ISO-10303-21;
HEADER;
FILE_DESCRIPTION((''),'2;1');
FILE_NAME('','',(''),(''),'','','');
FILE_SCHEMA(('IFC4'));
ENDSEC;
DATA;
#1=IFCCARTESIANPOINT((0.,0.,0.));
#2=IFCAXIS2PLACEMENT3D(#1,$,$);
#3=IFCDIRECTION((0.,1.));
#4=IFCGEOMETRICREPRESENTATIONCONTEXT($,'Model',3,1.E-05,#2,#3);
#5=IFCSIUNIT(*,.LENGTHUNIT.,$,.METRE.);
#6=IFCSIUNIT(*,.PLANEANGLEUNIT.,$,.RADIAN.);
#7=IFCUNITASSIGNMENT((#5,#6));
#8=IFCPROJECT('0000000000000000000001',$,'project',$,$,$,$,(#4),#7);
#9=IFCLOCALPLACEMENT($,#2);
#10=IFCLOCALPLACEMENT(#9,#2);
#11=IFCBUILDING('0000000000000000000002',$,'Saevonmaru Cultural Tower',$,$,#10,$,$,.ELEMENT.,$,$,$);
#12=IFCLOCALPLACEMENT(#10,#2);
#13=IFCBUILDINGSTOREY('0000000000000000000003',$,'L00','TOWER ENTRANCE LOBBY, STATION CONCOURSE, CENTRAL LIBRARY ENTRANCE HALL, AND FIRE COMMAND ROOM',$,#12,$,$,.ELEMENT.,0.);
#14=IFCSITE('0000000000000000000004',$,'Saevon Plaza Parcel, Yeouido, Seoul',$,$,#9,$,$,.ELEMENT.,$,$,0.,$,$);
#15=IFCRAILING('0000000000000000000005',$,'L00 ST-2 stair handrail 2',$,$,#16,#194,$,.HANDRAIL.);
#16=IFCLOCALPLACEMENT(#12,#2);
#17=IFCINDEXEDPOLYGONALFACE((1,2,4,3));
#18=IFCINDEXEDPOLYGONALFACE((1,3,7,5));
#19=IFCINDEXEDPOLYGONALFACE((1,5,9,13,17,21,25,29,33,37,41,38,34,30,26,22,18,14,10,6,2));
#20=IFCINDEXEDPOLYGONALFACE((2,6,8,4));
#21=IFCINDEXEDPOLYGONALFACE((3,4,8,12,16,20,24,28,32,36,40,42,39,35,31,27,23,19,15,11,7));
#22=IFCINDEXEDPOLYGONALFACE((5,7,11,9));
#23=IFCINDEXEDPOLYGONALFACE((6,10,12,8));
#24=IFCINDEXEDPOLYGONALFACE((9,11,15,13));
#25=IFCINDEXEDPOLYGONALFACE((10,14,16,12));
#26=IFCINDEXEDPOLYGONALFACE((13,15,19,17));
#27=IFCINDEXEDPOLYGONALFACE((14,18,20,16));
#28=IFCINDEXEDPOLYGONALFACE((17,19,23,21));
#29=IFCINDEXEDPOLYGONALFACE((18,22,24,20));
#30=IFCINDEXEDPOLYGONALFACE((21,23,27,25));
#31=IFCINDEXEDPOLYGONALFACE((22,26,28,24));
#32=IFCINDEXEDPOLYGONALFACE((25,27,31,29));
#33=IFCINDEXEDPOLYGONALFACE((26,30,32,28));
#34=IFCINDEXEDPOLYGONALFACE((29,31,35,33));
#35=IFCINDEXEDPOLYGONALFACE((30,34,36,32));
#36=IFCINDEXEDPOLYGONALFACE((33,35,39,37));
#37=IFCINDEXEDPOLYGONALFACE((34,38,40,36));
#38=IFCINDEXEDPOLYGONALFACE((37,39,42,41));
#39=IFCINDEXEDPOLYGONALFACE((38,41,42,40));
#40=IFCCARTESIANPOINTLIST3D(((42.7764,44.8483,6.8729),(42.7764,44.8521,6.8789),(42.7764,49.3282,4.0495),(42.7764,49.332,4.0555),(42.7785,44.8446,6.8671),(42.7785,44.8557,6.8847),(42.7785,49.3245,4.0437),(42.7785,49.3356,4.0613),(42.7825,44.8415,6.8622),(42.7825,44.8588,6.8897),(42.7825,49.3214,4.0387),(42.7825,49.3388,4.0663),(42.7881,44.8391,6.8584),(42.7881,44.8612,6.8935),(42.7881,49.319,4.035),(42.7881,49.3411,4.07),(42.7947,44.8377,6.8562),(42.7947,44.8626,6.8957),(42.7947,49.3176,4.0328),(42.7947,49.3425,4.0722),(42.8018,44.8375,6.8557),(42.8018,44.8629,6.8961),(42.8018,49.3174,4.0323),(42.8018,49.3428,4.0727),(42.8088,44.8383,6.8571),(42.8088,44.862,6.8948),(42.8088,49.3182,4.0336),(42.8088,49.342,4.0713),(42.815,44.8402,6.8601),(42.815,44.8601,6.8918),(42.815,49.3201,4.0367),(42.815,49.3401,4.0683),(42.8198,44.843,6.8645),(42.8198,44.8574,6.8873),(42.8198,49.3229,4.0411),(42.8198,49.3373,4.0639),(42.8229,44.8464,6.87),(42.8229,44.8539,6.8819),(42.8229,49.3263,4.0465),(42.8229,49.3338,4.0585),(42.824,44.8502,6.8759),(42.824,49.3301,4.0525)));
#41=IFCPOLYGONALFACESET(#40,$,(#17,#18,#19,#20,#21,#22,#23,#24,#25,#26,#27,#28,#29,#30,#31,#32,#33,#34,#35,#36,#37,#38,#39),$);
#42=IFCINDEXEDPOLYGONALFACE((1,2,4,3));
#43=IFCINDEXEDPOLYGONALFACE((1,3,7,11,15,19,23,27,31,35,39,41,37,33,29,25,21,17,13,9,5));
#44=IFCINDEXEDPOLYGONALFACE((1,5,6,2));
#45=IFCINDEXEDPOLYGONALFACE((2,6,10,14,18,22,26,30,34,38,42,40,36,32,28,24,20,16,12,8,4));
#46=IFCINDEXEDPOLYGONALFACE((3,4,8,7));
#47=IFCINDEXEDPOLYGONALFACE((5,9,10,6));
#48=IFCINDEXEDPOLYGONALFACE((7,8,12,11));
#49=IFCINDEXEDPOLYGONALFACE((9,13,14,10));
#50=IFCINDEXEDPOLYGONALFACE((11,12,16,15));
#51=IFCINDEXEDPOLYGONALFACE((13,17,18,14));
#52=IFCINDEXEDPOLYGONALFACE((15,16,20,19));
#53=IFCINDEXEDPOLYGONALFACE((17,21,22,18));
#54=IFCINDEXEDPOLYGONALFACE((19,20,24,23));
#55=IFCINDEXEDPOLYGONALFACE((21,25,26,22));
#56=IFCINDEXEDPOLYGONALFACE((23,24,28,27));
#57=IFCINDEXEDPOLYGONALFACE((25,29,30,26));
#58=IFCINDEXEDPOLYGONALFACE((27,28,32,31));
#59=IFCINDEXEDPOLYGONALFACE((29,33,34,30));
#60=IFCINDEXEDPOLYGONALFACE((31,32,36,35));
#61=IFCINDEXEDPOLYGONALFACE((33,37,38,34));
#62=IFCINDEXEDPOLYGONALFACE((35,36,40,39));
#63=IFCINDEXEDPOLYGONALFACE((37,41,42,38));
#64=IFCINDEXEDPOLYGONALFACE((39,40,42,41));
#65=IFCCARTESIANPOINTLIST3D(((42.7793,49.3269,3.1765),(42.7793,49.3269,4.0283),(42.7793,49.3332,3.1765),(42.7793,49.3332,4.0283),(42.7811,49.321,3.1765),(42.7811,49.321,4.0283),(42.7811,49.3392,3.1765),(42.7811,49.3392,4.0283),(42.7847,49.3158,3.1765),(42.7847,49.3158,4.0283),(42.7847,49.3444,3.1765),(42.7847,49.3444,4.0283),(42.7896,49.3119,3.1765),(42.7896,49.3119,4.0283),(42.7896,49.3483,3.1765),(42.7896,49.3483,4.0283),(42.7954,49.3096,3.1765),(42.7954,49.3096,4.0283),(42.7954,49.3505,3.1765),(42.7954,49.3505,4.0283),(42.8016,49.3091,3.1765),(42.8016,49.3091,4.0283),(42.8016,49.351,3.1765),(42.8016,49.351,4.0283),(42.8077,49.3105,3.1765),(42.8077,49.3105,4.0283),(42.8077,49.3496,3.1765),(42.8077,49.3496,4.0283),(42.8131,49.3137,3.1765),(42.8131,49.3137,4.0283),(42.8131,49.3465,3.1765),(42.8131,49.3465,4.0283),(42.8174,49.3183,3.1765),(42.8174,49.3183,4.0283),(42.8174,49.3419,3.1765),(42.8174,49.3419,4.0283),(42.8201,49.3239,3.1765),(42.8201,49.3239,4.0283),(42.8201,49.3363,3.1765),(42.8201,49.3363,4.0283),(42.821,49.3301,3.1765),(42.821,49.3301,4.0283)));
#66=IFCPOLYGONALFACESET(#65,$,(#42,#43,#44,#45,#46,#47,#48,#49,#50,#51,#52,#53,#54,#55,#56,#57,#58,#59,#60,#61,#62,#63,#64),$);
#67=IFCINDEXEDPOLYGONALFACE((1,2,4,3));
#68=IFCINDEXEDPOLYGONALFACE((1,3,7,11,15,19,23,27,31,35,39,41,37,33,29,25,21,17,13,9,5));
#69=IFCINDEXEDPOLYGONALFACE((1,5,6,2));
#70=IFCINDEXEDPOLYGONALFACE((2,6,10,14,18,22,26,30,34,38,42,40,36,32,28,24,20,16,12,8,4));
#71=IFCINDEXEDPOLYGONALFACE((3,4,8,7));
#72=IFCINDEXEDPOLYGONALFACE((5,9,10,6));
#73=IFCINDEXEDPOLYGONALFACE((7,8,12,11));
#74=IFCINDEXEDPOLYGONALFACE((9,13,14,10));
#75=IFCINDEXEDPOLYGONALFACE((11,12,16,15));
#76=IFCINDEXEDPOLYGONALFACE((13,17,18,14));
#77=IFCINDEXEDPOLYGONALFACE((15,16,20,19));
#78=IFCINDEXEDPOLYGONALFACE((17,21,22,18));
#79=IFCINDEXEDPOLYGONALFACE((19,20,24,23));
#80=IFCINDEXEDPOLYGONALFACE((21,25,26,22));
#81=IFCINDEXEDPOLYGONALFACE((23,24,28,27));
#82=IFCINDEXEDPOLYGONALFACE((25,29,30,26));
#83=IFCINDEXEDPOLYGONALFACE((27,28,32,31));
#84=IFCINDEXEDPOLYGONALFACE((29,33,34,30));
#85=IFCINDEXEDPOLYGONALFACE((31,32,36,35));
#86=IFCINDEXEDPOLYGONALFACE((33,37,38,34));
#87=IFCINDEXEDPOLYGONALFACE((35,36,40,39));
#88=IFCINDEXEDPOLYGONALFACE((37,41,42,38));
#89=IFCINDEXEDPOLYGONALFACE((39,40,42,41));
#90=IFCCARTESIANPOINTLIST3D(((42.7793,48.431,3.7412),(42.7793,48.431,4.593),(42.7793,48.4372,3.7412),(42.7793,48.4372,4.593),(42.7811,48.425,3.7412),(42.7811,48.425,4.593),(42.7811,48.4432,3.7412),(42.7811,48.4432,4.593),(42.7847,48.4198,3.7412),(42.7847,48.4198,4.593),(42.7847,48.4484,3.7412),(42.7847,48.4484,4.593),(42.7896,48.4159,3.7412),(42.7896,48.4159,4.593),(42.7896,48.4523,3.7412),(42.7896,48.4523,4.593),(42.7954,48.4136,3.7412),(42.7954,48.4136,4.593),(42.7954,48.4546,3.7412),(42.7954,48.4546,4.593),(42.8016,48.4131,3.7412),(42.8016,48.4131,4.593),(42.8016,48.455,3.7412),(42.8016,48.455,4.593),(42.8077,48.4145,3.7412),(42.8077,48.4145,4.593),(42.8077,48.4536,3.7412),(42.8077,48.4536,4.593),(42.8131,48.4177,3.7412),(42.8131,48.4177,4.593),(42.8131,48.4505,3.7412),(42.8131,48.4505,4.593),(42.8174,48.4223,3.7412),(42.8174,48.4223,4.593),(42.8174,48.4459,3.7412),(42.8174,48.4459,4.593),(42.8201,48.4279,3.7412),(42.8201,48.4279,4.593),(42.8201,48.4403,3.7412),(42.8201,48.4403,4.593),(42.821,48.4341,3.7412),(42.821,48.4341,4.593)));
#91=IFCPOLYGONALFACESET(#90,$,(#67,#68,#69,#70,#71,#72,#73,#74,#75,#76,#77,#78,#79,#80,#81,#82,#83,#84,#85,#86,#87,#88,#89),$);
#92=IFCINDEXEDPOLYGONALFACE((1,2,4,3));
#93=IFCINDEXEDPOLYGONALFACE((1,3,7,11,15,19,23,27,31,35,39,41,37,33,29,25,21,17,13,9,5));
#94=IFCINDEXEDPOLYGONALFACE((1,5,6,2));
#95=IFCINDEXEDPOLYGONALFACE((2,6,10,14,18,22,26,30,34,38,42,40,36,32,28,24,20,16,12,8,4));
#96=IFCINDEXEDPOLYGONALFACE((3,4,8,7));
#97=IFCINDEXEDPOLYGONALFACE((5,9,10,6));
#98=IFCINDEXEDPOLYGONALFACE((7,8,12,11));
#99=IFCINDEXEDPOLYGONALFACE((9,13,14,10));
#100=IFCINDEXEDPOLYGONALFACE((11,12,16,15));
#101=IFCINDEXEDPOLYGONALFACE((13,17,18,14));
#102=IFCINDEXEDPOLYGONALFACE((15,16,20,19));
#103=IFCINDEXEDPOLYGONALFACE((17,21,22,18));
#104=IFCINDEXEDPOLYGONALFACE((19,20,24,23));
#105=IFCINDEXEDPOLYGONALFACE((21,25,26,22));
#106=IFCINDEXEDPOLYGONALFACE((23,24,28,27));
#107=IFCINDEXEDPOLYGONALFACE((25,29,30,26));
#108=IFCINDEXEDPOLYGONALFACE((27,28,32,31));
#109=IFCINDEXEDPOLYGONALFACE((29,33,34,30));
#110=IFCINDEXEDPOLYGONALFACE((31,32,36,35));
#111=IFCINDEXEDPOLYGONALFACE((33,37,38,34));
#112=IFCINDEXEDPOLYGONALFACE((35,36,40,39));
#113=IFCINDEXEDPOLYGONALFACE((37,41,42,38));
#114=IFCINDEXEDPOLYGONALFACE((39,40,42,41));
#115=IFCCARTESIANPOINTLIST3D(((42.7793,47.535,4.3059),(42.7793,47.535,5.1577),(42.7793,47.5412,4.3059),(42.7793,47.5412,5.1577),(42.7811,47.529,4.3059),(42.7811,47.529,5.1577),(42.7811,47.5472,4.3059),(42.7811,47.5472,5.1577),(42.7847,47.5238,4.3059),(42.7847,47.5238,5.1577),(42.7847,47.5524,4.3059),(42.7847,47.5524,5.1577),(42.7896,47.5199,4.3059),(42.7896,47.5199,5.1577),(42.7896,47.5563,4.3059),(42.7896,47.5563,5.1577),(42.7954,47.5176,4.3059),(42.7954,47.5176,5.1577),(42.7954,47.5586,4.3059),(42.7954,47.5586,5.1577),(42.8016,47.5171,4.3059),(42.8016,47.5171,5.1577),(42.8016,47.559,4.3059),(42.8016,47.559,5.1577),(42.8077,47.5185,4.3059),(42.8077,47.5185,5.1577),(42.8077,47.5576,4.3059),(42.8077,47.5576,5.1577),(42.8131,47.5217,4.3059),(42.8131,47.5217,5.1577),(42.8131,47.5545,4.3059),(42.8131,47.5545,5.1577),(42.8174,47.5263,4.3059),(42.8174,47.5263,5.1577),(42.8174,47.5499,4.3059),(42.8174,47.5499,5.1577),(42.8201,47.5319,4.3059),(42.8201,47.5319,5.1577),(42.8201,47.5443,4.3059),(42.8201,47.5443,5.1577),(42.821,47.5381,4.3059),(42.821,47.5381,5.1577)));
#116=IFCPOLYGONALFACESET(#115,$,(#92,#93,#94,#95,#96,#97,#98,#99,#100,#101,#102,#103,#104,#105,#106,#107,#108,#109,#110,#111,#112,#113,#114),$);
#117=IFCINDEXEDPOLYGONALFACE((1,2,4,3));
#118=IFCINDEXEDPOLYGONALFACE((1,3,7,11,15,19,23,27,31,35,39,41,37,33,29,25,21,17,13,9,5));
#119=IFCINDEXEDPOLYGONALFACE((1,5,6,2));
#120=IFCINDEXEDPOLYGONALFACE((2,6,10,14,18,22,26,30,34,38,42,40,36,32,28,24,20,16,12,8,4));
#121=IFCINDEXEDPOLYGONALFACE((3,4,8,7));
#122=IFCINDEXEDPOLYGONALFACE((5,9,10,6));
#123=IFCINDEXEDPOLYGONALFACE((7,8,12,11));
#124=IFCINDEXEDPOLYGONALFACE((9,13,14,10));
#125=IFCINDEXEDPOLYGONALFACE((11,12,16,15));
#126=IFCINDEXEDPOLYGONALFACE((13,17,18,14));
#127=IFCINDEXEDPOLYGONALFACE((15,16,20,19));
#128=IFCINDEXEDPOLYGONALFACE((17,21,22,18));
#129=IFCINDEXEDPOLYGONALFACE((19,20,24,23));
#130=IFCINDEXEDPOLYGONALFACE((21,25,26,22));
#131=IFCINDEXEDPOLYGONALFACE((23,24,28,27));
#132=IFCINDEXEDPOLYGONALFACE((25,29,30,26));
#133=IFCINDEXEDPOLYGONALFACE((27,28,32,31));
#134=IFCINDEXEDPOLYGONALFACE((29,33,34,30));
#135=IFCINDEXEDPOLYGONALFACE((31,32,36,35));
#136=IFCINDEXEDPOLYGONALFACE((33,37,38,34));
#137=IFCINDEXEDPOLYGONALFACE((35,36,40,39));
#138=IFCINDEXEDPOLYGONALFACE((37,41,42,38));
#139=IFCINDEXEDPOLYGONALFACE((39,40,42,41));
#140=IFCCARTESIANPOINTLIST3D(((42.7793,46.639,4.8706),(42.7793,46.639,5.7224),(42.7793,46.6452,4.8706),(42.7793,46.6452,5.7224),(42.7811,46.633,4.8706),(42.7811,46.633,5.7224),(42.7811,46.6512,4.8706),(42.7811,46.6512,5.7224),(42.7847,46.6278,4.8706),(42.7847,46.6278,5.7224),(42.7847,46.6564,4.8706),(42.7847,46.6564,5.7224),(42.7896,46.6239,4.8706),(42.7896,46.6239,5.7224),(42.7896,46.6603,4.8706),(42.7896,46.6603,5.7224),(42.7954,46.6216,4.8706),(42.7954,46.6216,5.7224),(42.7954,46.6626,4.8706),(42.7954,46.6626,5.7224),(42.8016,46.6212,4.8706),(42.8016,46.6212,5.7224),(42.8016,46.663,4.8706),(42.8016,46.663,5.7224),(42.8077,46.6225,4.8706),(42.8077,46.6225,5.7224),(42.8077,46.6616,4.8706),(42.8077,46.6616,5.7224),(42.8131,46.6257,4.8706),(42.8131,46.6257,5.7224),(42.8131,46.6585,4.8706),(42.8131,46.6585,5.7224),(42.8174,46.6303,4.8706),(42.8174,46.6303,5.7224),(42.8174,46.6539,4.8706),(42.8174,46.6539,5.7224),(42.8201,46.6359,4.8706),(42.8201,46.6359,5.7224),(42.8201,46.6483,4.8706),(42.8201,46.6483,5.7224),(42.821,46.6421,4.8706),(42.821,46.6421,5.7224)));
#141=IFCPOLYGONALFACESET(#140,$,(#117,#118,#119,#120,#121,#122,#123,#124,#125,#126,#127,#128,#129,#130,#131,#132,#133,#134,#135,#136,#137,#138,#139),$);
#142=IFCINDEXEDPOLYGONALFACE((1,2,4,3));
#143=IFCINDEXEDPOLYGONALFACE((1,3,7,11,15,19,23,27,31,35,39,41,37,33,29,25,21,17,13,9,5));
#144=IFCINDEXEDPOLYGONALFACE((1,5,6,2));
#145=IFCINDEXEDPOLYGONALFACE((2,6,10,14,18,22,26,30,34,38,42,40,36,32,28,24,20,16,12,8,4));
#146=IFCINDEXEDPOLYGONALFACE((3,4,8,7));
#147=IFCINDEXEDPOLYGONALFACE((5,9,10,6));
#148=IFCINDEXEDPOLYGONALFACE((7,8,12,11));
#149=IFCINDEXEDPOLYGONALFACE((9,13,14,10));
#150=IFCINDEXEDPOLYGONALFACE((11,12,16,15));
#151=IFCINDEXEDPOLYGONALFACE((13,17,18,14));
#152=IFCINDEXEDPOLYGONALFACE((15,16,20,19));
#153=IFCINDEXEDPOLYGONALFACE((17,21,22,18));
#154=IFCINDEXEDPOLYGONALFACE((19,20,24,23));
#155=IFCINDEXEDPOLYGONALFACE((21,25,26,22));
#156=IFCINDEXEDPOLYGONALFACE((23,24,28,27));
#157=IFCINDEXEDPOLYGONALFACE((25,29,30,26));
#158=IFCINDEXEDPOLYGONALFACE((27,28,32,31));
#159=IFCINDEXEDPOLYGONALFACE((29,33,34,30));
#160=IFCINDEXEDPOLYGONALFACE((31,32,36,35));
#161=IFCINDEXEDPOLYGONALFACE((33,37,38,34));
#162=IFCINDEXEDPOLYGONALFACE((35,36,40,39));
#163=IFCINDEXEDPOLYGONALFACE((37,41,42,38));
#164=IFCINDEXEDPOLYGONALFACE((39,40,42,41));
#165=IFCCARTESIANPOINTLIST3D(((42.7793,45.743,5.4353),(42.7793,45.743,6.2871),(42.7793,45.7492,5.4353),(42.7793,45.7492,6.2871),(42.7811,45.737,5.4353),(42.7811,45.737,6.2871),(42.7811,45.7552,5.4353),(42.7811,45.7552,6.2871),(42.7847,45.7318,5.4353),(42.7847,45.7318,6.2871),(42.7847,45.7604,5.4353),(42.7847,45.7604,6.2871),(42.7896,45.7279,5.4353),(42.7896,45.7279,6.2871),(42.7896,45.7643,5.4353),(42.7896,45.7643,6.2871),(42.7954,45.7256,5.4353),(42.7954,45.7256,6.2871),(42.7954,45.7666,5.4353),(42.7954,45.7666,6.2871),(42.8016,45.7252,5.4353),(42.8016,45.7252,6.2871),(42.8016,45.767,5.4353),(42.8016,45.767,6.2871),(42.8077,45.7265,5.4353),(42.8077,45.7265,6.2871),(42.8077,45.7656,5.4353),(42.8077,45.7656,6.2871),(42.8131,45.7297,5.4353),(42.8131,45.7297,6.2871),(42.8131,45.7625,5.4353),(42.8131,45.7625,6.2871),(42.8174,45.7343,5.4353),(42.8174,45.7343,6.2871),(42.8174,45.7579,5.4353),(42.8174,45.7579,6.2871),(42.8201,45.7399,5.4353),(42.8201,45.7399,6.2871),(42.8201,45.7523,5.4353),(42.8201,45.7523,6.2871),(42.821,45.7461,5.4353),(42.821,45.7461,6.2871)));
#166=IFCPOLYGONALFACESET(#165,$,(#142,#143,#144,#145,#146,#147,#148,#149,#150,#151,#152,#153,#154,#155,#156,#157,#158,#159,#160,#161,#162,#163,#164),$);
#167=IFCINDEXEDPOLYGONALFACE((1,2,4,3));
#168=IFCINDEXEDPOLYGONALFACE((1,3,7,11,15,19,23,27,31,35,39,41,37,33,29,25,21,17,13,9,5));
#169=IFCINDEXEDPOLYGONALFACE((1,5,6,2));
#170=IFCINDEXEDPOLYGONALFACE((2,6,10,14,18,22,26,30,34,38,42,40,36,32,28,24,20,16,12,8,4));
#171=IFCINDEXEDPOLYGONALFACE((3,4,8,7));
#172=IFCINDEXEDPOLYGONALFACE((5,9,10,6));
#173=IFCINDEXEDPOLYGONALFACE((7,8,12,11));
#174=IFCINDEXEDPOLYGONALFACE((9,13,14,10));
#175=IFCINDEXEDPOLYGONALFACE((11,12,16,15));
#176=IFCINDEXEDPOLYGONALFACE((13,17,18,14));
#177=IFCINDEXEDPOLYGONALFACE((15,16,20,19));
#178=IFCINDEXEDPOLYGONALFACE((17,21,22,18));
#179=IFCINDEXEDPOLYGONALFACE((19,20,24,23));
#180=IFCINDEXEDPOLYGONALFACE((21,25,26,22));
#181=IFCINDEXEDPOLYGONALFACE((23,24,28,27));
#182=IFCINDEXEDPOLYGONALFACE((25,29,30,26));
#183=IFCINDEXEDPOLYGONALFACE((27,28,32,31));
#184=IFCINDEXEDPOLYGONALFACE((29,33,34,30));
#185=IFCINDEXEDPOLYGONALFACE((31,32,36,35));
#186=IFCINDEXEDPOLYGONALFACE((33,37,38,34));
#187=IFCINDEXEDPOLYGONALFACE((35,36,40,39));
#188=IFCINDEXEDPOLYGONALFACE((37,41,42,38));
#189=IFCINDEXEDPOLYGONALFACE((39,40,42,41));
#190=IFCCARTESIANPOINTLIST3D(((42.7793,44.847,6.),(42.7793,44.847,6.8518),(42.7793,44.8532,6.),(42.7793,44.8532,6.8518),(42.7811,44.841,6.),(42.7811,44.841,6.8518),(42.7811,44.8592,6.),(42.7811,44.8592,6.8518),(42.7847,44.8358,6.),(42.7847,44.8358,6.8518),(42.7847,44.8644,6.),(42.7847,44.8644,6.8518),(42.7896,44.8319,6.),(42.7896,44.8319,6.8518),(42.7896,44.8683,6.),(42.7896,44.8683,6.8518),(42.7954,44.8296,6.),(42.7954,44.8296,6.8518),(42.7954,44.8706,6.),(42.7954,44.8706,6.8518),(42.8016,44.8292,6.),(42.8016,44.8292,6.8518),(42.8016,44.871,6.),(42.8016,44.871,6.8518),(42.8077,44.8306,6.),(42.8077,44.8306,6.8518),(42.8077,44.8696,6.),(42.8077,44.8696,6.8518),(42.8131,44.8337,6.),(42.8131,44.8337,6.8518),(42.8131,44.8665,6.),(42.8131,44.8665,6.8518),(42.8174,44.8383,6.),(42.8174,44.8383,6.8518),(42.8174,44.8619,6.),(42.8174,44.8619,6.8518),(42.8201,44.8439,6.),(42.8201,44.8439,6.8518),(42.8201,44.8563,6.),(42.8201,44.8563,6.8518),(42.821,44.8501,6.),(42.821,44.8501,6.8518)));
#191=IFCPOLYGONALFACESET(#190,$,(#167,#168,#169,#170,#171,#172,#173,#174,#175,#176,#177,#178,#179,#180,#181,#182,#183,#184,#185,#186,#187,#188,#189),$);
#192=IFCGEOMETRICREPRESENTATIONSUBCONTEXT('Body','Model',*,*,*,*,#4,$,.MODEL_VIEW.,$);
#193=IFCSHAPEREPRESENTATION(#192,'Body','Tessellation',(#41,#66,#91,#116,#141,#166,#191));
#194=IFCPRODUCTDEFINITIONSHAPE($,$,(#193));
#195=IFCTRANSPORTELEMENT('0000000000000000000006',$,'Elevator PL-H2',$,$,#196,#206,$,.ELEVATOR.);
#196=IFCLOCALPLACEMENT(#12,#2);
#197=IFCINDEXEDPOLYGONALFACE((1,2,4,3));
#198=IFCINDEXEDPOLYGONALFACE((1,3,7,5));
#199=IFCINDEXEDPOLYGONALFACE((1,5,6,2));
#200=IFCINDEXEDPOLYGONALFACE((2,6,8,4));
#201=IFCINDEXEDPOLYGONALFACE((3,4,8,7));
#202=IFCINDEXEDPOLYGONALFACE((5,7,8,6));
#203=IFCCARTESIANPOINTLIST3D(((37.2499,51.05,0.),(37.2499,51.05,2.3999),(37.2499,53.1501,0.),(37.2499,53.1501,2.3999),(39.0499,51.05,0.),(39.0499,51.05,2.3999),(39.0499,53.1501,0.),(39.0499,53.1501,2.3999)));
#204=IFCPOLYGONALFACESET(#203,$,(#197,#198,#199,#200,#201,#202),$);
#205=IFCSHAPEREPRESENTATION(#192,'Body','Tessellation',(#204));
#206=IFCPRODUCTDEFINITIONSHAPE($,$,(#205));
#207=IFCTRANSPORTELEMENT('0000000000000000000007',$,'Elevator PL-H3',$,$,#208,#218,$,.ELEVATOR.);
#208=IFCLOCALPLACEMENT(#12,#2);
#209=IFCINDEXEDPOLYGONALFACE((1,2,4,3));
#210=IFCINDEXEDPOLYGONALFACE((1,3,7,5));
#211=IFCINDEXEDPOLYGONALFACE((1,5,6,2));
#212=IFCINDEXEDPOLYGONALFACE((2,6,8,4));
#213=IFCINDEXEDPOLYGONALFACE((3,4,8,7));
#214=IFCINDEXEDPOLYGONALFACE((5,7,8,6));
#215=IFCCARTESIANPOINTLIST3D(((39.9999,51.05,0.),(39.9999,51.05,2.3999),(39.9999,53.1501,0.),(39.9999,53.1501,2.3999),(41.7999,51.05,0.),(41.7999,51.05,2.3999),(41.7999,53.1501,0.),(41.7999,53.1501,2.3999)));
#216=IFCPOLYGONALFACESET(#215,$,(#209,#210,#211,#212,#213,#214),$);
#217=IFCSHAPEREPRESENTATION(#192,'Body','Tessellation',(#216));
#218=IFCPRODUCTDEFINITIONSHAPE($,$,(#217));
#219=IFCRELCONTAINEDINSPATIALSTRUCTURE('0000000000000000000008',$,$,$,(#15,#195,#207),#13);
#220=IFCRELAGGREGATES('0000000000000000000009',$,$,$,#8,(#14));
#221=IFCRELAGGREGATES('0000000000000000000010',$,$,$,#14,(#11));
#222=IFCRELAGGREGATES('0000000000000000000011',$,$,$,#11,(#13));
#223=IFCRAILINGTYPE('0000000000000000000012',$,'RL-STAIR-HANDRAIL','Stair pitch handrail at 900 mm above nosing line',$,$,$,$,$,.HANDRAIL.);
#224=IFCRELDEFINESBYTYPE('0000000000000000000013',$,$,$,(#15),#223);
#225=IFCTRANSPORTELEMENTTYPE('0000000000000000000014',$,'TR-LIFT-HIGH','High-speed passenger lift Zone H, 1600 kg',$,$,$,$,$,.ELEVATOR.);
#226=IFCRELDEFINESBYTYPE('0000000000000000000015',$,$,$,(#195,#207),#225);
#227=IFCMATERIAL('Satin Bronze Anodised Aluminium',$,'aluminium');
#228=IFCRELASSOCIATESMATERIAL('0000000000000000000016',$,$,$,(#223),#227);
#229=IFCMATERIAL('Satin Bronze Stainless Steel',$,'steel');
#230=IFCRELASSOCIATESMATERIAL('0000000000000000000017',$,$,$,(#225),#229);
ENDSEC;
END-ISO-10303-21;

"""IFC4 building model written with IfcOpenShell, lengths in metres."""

from ifc_helpers import new_model, si_unit, direction, frame, origin, origin_2d, place, context, subcontext, project, spatial, rectangle, circle, extrude, material, type_object, element, save


model = new_model("IFC4")

# Units and contexts
model_context = context("Model", 3, precision=1e-05, world=origin(), true_north=direction((0.0, 1.0)))
body_context = subcontext(model_context, "Body", "Model", "MODEL_VIEW")
ifc_project = project(units=[si_unit("LENGTHUNIT", "METRE"), si_unit("PLANEANGLEUNIT", "RADIAN")], contexts=[model_context])

# Site, building, storey
site_placement = place(None, origin())
site = spatial("IfcSite", under=ifc_project, at=site_placement, Name="Saevon Plaza Parcel, Yeouido, Seoul", CompositionType="ELEMENT", RefElevation=0.0)
building_placement = place(site_placement, origin())
building = spatial("IfcBuilding", under=site, at=building_placement, Name="Saevonmaru Cultural Tower", CompositionType="ELEMENT")
storey_placement = place(building_placement, origin())
storey = spatial("IfcBuildingStorey", under=building, at=storey_placement, Name="L00", Description="TOWER ENTRANCE LOBBY, STATION CONCOURSE, CENTRAL LIBRARY ENTRANCE HALL, AND FIRE COMMAND ROOM", CompositionType="ELEMENT", Elevation=0.0)

# Shared definitions
ifc_material_1 = material(Name="Satin Bronze Stainless Steel", Category="steel")

# Shared definitions
ifc_material_2 = material(Name="Satin Bronze Anodised Aluminium", Category="aluminium")

# Railing
railing_type_1 = type_object("IfcRailingType", Name="RL-STAIR-HANDRAIL", Description="Stair pitch handrail at 900 mm above nosing line", PredefinedType="HANDRAIL", material=ifc_material_2)
railing_1_placement = place(storey_placement, frame((42.8, 49.3301, 3.1765)))
element("IfcRailing", 1, at=railing_1_placement, inside=storey, type_object=railing_type_1, Name="L00 ST-2 stair handrail 2", PredefinedType="HANDRAIL", context=body_context, shape_type="SweptSolid", body=[
    extrude(circle(Radius=0.0239, at=origin_2d()), frame((0.0, 0.0, 0.876), z_axis=(0.0, -0.845998, 0.533186), x_axis=(1.0, 0.0, 0.0)), (0.0, 0.0, 1.0), 5.2954),
    extrude(circle(Radius=0.021, at=origin_2d()), origin(), (0.0, 0.0, 1.0), 0.8518),
    extrude(circle(Radius=0.021, at=origin_2d()), frame((0.0, -0.896, 0.5647)), (0.0, 0.0, 1.0), 0.8518),
    extrude(circle(Radius=0.021, at=origin_2d()), frame((0.0, -1.792, 1.1294)), (0.0, 0.0, 1.0), 0.8518),
    extrude(circle(Radius=0.021, at=origin_2d()), frame((0.0, -2.688, 1.6941)), (0.0, 0.0, 1.0), 0.8518),
    extrude(circle(Radius=0.021, at=origin_2d()), frame((0.0, -3.584, 2.2588)), (0.0, 0.0, 1.0), 0.8518),
    extrude(circle(Radius=0.021, at=origin_2d()), frame((0.0, -4.48, 2.8235)), (0.0, 0.0, 1.0), 0.8518),
])

# Transport elements
transport_element_type = type_object("IfcTransportElementType", Name="TR-LIFT-HIGH", Description="High-speed passenger lift Zone H, 1600 kg", PredefinedType="ELEVATOR", material=ifc_material_1)
for number, where, z_axis, x_axis, name in (
    (2, (38.1499, 52.1001, 0.0), (0.0, 0.0, 1.0), (1.0, 0.0, 0.0), "Elevator PL-H2"),
    (3, (40.8999, 52.1001, 0.0), (0.0, 0.0, 1.0), (1.0, 0.0, 0.0), "Elevator PL-H3"),
):
    element("IfcTransportElement", number, at=place(storey_placement, frame(where, z_axis=z_axis, x_axis=x_axis)), inside=storey, type_object=transport_element_type, Name=name, PredefinedType="ELEVATOR", context=body_context, shape_type="SweptSolid", body=[
        extrude(rectangle(XDim=1.8, YDim=2.1001, at=origin_2d()), origin(), (0.0, 0.0, 1.0), 2.3999),
    ])

save(model, "model.ifc")
